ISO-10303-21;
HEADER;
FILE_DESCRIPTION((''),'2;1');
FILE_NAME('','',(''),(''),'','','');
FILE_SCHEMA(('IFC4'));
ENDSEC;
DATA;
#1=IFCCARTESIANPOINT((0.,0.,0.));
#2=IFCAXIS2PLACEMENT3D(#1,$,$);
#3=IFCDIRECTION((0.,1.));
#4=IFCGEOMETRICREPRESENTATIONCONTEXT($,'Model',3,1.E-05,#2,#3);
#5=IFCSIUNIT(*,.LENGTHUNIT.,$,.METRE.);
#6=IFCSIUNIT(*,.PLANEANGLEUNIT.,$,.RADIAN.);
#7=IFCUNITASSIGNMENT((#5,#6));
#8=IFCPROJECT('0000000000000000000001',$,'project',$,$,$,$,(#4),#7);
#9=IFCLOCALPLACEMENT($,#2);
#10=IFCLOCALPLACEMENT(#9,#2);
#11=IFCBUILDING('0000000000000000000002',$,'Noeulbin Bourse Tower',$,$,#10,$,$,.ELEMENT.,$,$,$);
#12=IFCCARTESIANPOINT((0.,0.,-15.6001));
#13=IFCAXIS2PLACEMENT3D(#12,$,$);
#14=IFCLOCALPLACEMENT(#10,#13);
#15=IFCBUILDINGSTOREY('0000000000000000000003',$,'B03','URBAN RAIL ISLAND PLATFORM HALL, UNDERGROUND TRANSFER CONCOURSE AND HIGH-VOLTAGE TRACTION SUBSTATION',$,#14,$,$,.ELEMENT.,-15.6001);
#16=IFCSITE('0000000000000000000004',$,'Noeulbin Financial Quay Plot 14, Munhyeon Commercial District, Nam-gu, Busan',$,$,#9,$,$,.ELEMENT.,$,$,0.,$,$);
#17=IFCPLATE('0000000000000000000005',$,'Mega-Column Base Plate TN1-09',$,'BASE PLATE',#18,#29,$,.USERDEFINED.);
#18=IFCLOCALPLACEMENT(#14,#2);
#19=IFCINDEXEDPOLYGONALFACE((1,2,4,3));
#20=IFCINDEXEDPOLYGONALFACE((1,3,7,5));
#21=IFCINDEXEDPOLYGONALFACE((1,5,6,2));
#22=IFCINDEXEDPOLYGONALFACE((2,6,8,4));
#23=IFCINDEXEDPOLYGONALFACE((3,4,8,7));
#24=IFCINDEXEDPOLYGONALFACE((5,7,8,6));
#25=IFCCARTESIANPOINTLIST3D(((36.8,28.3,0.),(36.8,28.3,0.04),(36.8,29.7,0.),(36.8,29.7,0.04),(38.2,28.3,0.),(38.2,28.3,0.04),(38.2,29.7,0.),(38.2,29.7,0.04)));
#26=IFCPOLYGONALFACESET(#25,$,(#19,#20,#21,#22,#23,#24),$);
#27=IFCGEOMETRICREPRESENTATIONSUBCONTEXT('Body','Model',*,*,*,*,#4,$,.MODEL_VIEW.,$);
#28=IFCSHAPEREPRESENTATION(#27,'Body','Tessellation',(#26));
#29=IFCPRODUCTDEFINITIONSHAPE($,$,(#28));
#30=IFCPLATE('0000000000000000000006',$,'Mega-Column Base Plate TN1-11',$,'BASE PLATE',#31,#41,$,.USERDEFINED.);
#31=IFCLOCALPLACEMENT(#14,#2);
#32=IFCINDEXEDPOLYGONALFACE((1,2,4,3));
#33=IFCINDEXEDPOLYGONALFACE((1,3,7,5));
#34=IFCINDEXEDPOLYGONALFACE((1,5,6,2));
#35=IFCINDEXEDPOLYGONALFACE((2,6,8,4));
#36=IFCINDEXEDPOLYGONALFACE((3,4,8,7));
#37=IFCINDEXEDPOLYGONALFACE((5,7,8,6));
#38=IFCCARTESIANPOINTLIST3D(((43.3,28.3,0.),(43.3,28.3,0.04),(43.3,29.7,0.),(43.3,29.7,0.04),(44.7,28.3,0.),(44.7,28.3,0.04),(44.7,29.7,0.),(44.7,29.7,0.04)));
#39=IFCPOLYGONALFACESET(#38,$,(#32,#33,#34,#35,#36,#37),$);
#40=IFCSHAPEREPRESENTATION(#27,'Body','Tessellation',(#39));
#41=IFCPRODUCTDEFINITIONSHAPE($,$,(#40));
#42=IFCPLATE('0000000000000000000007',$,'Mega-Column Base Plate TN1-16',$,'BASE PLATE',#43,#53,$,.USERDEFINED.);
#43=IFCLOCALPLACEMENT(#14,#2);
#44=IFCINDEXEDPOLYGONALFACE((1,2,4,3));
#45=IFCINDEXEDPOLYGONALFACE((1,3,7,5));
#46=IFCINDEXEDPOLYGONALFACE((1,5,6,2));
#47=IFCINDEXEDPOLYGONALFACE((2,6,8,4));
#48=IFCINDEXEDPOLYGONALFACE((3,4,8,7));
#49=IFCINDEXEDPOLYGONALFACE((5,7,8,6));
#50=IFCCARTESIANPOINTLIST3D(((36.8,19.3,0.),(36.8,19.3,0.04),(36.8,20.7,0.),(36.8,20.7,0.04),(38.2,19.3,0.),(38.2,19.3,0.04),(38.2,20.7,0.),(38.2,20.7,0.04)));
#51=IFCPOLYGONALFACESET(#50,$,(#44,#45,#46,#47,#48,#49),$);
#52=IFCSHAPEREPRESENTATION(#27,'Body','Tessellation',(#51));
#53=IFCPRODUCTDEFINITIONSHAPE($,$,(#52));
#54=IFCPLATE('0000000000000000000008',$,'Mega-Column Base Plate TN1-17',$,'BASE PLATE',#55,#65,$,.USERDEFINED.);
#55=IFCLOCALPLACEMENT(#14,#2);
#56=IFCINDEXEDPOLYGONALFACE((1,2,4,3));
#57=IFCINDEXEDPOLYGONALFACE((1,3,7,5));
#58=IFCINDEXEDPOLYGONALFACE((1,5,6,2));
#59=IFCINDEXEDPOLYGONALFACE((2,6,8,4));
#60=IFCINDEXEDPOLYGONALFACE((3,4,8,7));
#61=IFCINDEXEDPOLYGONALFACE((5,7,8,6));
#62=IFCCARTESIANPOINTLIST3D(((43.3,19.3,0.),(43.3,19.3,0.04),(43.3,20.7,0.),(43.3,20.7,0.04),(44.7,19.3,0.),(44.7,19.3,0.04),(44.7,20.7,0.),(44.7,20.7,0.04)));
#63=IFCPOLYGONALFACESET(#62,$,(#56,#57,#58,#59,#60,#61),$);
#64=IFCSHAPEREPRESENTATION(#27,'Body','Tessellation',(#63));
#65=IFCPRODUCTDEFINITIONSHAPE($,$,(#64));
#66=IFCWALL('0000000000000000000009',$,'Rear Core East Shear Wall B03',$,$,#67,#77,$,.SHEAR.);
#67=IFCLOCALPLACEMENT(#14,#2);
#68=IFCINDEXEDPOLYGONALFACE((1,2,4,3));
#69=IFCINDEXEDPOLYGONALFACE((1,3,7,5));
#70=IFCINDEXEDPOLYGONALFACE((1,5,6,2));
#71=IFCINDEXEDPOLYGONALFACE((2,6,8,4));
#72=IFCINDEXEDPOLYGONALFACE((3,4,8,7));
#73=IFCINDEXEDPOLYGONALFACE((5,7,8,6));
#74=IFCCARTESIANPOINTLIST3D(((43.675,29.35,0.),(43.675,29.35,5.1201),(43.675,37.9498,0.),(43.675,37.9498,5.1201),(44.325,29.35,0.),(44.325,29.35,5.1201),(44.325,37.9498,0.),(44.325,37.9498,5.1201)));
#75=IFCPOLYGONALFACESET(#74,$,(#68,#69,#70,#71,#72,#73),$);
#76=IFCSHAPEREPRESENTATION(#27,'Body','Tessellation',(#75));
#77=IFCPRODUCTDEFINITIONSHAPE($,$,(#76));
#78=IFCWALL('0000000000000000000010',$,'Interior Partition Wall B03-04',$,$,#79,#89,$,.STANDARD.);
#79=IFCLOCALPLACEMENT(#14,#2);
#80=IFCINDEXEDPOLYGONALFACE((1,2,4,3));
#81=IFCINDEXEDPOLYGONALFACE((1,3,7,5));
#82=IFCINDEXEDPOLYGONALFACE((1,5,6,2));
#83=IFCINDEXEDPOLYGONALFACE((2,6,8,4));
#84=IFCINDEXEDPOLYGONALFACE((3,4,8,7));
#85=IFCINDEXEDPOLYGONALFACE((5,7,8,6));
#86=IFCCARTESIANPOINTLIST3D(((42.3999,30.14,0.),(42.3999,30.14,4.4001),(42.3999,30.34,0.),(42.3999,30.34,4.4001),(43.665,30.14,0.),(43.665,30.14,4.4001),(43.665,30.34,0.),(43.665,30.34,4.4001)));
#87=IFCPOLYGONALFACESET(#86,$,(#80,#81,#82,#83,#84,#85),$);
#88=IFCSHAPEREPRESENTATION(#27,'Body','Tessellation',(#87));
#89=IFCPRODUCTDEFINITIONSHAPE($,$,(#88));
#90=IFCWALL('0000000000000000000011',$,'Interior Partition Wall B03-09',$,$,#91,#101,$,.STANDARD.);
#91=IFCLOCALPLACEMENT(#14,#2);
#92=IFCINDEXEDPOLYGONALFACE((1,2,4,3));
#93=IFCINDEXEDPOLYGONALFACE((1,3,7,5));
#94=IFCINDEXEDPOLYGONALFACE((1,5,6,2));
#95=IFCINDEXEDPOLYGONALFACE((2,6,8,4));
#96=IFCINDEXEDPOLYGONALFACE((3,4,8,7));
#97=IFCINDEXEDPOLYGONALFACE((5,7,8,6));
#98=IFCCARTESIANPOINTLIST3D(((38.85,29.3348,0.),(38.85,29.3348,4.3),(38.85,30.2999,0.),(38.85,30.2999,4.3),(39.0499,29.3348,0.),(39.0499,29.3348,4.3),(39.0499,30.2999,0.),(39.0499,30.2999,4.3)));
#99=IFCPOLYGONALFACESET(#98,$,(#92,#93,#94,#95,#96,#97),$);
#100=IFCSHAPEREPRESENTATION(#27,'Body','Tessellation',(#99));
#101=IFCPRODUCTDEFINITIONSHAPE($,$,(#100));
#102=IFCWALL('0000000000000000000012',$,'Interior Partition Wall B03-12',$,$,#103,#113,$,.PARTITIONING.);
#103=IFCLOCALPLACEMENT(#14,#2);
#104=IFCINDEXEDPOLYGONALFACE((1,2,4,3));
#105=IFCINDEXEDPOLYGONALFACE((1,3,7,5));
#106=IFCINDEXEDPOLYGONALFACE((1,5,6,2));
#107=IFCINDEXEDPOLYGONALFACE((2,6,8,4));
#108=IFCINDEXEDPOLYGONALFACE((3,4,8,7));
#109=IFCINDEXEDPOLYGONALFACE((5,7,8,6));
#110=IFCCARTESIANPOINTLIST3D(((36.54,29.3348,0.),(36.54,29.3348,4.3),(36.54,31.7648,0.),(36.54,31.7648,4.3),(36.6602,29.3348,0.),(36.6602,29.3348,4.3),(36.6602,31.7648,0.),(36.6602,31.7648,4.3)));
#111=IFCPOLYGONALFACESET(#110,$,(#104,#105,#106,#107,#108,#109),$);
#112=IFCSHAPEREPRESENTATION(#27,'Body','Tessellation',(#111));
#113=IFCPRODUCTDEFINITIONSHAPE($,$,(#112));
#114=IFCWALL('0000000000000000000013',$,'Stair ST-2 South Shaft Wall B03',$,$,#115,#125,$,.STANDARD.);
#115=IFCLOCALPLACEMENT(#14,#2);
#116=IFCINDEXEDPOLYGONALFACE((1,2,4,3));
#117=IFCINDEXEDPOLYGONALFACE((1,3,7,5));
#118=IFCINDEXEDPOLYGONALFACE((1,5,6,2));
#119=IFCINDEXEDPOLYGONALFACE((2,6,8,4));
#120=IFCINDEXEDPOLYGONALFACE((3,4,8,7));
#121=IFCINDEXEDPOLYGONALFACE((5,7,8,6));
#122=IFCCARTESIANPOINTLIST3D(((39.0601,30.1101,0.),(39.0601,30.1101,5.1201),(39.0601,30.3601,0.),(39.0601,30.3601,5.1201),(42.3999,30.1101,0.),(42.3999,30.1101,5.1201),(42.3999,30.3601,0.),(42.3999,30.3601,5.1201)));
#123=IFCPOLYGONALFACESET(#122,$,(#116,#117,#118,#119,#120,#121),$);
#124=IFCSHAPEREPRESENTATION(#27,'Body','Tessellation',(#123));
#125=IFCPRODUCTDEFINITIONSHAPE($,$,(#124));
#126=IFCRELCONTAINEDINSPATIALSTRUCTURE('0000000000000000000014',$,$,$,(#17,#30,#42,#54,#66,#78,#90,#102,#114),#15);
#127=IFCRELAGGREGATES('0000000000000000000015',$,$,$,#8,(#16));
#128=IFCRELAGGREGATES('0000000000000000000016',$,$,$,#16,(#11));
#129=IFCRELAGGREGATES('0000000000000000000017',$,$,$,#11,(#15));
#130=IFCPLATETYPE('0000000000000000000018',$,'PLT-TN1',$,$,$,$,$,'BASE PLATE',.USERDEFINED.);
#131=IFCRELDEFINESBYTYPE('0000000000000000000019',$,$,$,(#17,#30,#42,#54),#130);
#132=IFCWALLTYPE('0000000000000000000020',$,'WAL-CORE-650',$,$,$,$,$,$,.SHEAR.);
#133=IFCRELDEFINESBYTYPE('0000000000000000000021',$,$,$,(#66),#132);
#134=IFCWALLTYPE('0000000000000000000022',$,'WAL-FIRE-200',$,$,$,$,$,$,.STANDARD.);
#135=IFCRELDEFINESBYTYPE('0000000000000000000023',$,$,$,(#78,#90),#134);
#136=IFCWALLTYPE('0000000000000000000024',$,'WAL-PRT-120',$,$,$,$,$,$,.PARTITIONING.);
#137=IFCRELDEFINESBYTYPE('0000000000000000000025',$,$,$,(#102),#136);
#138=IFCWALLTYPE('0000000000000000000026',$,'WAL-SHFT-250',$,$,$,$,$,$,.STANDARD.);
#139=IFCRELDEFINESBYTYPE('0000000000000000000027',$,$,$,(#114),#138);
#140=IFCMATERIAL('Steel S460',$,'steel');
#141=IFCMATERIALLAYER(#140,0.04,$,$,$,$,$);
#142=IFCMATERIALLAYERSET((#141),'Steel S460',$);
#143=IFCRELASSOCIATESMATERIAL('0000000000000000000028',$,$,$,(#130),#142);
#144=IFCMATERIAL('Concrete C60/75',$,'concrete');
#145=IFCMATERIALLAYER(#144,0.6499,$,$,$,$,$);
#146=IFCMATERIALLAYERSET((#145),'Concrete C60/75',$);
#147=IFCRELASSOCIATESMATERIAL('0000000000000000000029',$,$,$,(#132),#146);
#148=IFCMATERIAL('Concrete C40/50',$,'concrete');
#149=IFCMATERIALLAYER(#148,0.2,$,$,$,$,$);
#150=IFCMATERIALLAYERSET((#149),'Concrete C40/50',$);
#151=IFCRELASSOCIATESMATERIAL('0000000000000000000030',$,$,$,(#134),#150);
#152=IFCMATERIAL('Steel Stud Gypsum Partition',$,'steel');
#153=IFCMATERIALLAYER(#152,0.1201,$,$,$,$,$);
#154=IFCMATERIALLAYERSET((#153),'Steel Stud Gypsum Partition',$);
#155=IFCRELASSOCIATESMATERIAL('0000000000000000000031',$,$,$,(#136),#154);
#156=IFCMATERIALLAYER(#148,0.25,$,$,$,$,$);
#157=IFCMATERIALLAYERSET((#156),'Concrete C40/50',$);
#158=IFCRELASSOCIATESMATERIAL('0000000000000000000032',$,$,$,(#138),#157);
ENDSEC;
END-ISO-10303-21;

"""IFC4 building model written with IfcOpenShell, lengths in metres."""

from ifc_helpers import new_model, si_unit, direction, frame, frame_2d, origin, origin_2d, place, context, subcontext, project, spatial, rectangle, extrude, material, layer, layer_set, type_object, element, save


model = new_model("IFC4")

# Units and contexts
model_context = context("Model", 3, precision=1e-05, world=origin(), true_north=direction((0.0, 1.0)))
body_context = subcontext(model_context, "Body", "Model", "MODEL_VIEW")
ifc_project = project(units=[si_unit("LENGTHUNIT", "METRE"), si_unit("PLANEANGLEUNIT", "RADIAN")], contexts=[model_context])

# Site, building, storey
site_placement = place(None, origin())
site = spatial("IfcSite", under=ifc_project, at=site_placement, Name="Noeulbin Financial Quay Plot 14, Munhyeon Commercial District, Nam-gu, Busan", CompositionType="ELEMENT", RefElevation=0.0)
building_placement = place(site_placement, origin())
building = spatial("IfcBuilding", under=site, at=building_placement, Name="Noeulbin Bourse Tower", CompositionType="ELEMENT")
storey_placement = place(building_placement, frame((0.0, 0.0, -15.6001)))
storey = spatial("IfcBuildingStorey", under=building, at=storey_placement, Name="B03", Description="URBAN RAIL ISLAND PLATFORM HALL, UNDERGROUND TRANSFER CONCOURSE AND HIGH-VOLTAGE TRACTION SUBSTATION", CompositionType="ELEMENT", Elevation=-15.6001)

# Shared definitions
ifc_material_1 = material(Name="Steel S460", Category="steel")

# Plates
ifc_layer_1 = layer(ifc_material_1, 0.04)
ifc_layer_set_1 = layer_set([ifc_layer_1], Name="Steel S460")
plate_type = type_object("IfcPlateType", Name="PLT-TN1", ElementType="BASE PLATE", PredefinedType="USERDEFINED", material=ifc_layer_set_1)
for number, where, z_axis, x_axis, name in (
    (1, (37.5, 29.0, 0.0), (0.0, 0.0, 1.0), (1.0, 0.0, 0.0), "Mega-Column Base Plate TN1-09"),
    (2, (44.0, 29.0, 0.0), (0.0, 0.0, 1.0), (1.0, 0.0, 0.0), "Mega-Column Base Plate TN1-11"),
    (3, (37.5, 20.0, 0.0), (0.0, 0.0, 1.0), (1.0, 0.0, 0.0), "Mega-Column Base Plate TN1-16"),
    (4, (44.0, 20.0, 0.0), (0.0, 0.0, 1.0), (1.0, 0.0, 0.0), "Mega-Column Base Plate TN1-17"),
):
    element("IfcPlate", number, at=place(storey_placement, frame(where, z_axis=z_axis, x_axis=x_axis)), inside=storey, type_object=plate_type, Name=name, ObjectType="BASE PLATE", PredefinedType="USERDEFINED", context=body_context, shape_type="SweptSolid", body=[
        extrude(rectangle(XDim=1.3999, YDim=1.3999, at=origin_2d()), origin(), (0.0, 0.0, 1.0), 0.04),
    ])

# Walls
ifc_material_2 = material(Name="Concrete C60/75", Category="concrete")
ifc_layer_2 = layer(ifc_material_2, 0.6499)
ifc_layer_set_2 = layer_set([ifc_layer_2], Name="Concrete C60/75")
wall_type_1 = type_object("IfcWallType", Name="WAL-CORE-650", PredefinedType="SHEAR", material=ifc_layer_set_2)
wall_1_placement = place(storey_placement, frame((44.0, 29.3501, 0.0), z_axis=(0.0, 0.0, 1.0), x_axis=(0.0, 1.0, 0.0)))
element("IfcWall", 5, at=wall_1_placement, inside=storey, type_object=wall_type_1, Name="Rear Core East Shear Wall B03", PredefinedType="SHEAR", context=body_context, shape_type="SweptSolid", body=[
    extrude(rectangle(XDim=8.5999, YDim=0.6499, at=frame_2d((4.2998, 0.0))), origin(), (0.0, 0.0, 1.0), 5.1201),
])
ifc_material_3 = material(Name="Concrete C40/50", Category="concrete")
ifc_layer_3 = layer(ifc_material_3, 0.2)
ifc_layer_set_3 = layer_set([ifc_layer_3], Name="Concrete C40/50")
wall_type_2 = type_object("IfcWallType", Name="WAL-FIRE-200", PredefinedType="STANDARD", material=ifc_layer_set_3)
wall_2_placement = place(storey_placement, frame((42.3999, 30.24, 0.0), z_axis=(0.0, 0.0, 1.0), x_axis=(1.0, 0.0, 0.0)))
element("IfcWall", 6, at=wall_2_placement, inside=storey, type_object=wall_type_2, Name="Interior Partition Wall B03-04", PredefinedType="STANDARD", context=body_context, shape_type="SweptSolid", body=[
    extrude(rectangle(XDim=1.2651, YDim=0.2, at=frame_2d((0.6326, 0.0))), origin(), (0.0, 0.0, 1.0), 4.4001),
])
wall_3_placement = place(storey_placement, frame((38.95, 29.335, 0.0), z_axis=(0.0, 0.0, 1.0), x_axis=(0.0, 1.0, 0.0)))
element("IfcWall", 7, at=wall_3_placement, inside=storey, type_object=wall_type_2, Name="Interior Partition Wall B03-09", PredefinedType="STANDARD", context=body_context, shape_type="SweptSolid", body=[
    extrude(rectangle(XDim=0.9651, YDim=0.2, at=frame_2d((0.4824, 0.0))), origin(), (0.0, 0.0, 1.0), 4.3),
])
ifc_material_4 = material(Name="Steel Stud Gypsum Partition", Category="steel")
ifc_layer_4 = layer(ifc_material_4, 0.1201)
ifc_layer_set_4 = layer_set([ifc_layer_4], Name="Steel Stud Gypsum Partition")
wall_type_3 = type_object("IfcWallType", Name="WAL-PRT-120", PredefinedType="PARTITIONING", material=ifc_layer_set_4)
wall_4_placement = place(storey_placement, frame((36.6001, 29.335, 0.0), z_axis=(0.0, 0.0, 1.0), x_axis=(0.0, 1.0, 0.0)))
element("IfcWall", 8, at=wall_4_placement, inside=storey, type_object=wall_type_3, Name="Interior Partition Wall B03-12", PredefinedType="PARTITIONING", context=body_context, shape_type="SweptSolid", body=[
    extrude(rectangle(XDim=2.4299, YDim=0.1201, at=frame_2d((1.2148, 0.0))), origin(), (0.0, 0.0, 1.0), 4.3),
])
ifc_layer_5 = layer(ifc_material_3, 0.25)
ifc_layer_set_5 = layer_set([ifc_layer_5], Name="Concrete C40/50")
wall_type_4 = type_object("IfcWallType", Name="WAL-SHFT-250", PredefinedType="STANDARD", material=ifc_layer_set_5)
wall_5_placement = place(storey_placement, frame((39.0601, 30.2351, 0.0), z_axis=(0.0, 0.0, 1.0), x_axis=(1.0, 0.0, 0.0)))
element("IfcWall", 9, at=wall_5_placement, inside=storey, type_object=wall_type_4, Name="Stair ST-2 South Shaft Wall B03", PredefinedType="STANDARD", context=body_context, shape_type="SweptSolid", body=[
    extrude(rectangle(XDim=3.3398, YDim=0.25, at=frame_2d((1.6699, 0.0))), origin(), (0.0, 0.0, 1.0), 5.1201),
])

save(model, "model.ifc")
